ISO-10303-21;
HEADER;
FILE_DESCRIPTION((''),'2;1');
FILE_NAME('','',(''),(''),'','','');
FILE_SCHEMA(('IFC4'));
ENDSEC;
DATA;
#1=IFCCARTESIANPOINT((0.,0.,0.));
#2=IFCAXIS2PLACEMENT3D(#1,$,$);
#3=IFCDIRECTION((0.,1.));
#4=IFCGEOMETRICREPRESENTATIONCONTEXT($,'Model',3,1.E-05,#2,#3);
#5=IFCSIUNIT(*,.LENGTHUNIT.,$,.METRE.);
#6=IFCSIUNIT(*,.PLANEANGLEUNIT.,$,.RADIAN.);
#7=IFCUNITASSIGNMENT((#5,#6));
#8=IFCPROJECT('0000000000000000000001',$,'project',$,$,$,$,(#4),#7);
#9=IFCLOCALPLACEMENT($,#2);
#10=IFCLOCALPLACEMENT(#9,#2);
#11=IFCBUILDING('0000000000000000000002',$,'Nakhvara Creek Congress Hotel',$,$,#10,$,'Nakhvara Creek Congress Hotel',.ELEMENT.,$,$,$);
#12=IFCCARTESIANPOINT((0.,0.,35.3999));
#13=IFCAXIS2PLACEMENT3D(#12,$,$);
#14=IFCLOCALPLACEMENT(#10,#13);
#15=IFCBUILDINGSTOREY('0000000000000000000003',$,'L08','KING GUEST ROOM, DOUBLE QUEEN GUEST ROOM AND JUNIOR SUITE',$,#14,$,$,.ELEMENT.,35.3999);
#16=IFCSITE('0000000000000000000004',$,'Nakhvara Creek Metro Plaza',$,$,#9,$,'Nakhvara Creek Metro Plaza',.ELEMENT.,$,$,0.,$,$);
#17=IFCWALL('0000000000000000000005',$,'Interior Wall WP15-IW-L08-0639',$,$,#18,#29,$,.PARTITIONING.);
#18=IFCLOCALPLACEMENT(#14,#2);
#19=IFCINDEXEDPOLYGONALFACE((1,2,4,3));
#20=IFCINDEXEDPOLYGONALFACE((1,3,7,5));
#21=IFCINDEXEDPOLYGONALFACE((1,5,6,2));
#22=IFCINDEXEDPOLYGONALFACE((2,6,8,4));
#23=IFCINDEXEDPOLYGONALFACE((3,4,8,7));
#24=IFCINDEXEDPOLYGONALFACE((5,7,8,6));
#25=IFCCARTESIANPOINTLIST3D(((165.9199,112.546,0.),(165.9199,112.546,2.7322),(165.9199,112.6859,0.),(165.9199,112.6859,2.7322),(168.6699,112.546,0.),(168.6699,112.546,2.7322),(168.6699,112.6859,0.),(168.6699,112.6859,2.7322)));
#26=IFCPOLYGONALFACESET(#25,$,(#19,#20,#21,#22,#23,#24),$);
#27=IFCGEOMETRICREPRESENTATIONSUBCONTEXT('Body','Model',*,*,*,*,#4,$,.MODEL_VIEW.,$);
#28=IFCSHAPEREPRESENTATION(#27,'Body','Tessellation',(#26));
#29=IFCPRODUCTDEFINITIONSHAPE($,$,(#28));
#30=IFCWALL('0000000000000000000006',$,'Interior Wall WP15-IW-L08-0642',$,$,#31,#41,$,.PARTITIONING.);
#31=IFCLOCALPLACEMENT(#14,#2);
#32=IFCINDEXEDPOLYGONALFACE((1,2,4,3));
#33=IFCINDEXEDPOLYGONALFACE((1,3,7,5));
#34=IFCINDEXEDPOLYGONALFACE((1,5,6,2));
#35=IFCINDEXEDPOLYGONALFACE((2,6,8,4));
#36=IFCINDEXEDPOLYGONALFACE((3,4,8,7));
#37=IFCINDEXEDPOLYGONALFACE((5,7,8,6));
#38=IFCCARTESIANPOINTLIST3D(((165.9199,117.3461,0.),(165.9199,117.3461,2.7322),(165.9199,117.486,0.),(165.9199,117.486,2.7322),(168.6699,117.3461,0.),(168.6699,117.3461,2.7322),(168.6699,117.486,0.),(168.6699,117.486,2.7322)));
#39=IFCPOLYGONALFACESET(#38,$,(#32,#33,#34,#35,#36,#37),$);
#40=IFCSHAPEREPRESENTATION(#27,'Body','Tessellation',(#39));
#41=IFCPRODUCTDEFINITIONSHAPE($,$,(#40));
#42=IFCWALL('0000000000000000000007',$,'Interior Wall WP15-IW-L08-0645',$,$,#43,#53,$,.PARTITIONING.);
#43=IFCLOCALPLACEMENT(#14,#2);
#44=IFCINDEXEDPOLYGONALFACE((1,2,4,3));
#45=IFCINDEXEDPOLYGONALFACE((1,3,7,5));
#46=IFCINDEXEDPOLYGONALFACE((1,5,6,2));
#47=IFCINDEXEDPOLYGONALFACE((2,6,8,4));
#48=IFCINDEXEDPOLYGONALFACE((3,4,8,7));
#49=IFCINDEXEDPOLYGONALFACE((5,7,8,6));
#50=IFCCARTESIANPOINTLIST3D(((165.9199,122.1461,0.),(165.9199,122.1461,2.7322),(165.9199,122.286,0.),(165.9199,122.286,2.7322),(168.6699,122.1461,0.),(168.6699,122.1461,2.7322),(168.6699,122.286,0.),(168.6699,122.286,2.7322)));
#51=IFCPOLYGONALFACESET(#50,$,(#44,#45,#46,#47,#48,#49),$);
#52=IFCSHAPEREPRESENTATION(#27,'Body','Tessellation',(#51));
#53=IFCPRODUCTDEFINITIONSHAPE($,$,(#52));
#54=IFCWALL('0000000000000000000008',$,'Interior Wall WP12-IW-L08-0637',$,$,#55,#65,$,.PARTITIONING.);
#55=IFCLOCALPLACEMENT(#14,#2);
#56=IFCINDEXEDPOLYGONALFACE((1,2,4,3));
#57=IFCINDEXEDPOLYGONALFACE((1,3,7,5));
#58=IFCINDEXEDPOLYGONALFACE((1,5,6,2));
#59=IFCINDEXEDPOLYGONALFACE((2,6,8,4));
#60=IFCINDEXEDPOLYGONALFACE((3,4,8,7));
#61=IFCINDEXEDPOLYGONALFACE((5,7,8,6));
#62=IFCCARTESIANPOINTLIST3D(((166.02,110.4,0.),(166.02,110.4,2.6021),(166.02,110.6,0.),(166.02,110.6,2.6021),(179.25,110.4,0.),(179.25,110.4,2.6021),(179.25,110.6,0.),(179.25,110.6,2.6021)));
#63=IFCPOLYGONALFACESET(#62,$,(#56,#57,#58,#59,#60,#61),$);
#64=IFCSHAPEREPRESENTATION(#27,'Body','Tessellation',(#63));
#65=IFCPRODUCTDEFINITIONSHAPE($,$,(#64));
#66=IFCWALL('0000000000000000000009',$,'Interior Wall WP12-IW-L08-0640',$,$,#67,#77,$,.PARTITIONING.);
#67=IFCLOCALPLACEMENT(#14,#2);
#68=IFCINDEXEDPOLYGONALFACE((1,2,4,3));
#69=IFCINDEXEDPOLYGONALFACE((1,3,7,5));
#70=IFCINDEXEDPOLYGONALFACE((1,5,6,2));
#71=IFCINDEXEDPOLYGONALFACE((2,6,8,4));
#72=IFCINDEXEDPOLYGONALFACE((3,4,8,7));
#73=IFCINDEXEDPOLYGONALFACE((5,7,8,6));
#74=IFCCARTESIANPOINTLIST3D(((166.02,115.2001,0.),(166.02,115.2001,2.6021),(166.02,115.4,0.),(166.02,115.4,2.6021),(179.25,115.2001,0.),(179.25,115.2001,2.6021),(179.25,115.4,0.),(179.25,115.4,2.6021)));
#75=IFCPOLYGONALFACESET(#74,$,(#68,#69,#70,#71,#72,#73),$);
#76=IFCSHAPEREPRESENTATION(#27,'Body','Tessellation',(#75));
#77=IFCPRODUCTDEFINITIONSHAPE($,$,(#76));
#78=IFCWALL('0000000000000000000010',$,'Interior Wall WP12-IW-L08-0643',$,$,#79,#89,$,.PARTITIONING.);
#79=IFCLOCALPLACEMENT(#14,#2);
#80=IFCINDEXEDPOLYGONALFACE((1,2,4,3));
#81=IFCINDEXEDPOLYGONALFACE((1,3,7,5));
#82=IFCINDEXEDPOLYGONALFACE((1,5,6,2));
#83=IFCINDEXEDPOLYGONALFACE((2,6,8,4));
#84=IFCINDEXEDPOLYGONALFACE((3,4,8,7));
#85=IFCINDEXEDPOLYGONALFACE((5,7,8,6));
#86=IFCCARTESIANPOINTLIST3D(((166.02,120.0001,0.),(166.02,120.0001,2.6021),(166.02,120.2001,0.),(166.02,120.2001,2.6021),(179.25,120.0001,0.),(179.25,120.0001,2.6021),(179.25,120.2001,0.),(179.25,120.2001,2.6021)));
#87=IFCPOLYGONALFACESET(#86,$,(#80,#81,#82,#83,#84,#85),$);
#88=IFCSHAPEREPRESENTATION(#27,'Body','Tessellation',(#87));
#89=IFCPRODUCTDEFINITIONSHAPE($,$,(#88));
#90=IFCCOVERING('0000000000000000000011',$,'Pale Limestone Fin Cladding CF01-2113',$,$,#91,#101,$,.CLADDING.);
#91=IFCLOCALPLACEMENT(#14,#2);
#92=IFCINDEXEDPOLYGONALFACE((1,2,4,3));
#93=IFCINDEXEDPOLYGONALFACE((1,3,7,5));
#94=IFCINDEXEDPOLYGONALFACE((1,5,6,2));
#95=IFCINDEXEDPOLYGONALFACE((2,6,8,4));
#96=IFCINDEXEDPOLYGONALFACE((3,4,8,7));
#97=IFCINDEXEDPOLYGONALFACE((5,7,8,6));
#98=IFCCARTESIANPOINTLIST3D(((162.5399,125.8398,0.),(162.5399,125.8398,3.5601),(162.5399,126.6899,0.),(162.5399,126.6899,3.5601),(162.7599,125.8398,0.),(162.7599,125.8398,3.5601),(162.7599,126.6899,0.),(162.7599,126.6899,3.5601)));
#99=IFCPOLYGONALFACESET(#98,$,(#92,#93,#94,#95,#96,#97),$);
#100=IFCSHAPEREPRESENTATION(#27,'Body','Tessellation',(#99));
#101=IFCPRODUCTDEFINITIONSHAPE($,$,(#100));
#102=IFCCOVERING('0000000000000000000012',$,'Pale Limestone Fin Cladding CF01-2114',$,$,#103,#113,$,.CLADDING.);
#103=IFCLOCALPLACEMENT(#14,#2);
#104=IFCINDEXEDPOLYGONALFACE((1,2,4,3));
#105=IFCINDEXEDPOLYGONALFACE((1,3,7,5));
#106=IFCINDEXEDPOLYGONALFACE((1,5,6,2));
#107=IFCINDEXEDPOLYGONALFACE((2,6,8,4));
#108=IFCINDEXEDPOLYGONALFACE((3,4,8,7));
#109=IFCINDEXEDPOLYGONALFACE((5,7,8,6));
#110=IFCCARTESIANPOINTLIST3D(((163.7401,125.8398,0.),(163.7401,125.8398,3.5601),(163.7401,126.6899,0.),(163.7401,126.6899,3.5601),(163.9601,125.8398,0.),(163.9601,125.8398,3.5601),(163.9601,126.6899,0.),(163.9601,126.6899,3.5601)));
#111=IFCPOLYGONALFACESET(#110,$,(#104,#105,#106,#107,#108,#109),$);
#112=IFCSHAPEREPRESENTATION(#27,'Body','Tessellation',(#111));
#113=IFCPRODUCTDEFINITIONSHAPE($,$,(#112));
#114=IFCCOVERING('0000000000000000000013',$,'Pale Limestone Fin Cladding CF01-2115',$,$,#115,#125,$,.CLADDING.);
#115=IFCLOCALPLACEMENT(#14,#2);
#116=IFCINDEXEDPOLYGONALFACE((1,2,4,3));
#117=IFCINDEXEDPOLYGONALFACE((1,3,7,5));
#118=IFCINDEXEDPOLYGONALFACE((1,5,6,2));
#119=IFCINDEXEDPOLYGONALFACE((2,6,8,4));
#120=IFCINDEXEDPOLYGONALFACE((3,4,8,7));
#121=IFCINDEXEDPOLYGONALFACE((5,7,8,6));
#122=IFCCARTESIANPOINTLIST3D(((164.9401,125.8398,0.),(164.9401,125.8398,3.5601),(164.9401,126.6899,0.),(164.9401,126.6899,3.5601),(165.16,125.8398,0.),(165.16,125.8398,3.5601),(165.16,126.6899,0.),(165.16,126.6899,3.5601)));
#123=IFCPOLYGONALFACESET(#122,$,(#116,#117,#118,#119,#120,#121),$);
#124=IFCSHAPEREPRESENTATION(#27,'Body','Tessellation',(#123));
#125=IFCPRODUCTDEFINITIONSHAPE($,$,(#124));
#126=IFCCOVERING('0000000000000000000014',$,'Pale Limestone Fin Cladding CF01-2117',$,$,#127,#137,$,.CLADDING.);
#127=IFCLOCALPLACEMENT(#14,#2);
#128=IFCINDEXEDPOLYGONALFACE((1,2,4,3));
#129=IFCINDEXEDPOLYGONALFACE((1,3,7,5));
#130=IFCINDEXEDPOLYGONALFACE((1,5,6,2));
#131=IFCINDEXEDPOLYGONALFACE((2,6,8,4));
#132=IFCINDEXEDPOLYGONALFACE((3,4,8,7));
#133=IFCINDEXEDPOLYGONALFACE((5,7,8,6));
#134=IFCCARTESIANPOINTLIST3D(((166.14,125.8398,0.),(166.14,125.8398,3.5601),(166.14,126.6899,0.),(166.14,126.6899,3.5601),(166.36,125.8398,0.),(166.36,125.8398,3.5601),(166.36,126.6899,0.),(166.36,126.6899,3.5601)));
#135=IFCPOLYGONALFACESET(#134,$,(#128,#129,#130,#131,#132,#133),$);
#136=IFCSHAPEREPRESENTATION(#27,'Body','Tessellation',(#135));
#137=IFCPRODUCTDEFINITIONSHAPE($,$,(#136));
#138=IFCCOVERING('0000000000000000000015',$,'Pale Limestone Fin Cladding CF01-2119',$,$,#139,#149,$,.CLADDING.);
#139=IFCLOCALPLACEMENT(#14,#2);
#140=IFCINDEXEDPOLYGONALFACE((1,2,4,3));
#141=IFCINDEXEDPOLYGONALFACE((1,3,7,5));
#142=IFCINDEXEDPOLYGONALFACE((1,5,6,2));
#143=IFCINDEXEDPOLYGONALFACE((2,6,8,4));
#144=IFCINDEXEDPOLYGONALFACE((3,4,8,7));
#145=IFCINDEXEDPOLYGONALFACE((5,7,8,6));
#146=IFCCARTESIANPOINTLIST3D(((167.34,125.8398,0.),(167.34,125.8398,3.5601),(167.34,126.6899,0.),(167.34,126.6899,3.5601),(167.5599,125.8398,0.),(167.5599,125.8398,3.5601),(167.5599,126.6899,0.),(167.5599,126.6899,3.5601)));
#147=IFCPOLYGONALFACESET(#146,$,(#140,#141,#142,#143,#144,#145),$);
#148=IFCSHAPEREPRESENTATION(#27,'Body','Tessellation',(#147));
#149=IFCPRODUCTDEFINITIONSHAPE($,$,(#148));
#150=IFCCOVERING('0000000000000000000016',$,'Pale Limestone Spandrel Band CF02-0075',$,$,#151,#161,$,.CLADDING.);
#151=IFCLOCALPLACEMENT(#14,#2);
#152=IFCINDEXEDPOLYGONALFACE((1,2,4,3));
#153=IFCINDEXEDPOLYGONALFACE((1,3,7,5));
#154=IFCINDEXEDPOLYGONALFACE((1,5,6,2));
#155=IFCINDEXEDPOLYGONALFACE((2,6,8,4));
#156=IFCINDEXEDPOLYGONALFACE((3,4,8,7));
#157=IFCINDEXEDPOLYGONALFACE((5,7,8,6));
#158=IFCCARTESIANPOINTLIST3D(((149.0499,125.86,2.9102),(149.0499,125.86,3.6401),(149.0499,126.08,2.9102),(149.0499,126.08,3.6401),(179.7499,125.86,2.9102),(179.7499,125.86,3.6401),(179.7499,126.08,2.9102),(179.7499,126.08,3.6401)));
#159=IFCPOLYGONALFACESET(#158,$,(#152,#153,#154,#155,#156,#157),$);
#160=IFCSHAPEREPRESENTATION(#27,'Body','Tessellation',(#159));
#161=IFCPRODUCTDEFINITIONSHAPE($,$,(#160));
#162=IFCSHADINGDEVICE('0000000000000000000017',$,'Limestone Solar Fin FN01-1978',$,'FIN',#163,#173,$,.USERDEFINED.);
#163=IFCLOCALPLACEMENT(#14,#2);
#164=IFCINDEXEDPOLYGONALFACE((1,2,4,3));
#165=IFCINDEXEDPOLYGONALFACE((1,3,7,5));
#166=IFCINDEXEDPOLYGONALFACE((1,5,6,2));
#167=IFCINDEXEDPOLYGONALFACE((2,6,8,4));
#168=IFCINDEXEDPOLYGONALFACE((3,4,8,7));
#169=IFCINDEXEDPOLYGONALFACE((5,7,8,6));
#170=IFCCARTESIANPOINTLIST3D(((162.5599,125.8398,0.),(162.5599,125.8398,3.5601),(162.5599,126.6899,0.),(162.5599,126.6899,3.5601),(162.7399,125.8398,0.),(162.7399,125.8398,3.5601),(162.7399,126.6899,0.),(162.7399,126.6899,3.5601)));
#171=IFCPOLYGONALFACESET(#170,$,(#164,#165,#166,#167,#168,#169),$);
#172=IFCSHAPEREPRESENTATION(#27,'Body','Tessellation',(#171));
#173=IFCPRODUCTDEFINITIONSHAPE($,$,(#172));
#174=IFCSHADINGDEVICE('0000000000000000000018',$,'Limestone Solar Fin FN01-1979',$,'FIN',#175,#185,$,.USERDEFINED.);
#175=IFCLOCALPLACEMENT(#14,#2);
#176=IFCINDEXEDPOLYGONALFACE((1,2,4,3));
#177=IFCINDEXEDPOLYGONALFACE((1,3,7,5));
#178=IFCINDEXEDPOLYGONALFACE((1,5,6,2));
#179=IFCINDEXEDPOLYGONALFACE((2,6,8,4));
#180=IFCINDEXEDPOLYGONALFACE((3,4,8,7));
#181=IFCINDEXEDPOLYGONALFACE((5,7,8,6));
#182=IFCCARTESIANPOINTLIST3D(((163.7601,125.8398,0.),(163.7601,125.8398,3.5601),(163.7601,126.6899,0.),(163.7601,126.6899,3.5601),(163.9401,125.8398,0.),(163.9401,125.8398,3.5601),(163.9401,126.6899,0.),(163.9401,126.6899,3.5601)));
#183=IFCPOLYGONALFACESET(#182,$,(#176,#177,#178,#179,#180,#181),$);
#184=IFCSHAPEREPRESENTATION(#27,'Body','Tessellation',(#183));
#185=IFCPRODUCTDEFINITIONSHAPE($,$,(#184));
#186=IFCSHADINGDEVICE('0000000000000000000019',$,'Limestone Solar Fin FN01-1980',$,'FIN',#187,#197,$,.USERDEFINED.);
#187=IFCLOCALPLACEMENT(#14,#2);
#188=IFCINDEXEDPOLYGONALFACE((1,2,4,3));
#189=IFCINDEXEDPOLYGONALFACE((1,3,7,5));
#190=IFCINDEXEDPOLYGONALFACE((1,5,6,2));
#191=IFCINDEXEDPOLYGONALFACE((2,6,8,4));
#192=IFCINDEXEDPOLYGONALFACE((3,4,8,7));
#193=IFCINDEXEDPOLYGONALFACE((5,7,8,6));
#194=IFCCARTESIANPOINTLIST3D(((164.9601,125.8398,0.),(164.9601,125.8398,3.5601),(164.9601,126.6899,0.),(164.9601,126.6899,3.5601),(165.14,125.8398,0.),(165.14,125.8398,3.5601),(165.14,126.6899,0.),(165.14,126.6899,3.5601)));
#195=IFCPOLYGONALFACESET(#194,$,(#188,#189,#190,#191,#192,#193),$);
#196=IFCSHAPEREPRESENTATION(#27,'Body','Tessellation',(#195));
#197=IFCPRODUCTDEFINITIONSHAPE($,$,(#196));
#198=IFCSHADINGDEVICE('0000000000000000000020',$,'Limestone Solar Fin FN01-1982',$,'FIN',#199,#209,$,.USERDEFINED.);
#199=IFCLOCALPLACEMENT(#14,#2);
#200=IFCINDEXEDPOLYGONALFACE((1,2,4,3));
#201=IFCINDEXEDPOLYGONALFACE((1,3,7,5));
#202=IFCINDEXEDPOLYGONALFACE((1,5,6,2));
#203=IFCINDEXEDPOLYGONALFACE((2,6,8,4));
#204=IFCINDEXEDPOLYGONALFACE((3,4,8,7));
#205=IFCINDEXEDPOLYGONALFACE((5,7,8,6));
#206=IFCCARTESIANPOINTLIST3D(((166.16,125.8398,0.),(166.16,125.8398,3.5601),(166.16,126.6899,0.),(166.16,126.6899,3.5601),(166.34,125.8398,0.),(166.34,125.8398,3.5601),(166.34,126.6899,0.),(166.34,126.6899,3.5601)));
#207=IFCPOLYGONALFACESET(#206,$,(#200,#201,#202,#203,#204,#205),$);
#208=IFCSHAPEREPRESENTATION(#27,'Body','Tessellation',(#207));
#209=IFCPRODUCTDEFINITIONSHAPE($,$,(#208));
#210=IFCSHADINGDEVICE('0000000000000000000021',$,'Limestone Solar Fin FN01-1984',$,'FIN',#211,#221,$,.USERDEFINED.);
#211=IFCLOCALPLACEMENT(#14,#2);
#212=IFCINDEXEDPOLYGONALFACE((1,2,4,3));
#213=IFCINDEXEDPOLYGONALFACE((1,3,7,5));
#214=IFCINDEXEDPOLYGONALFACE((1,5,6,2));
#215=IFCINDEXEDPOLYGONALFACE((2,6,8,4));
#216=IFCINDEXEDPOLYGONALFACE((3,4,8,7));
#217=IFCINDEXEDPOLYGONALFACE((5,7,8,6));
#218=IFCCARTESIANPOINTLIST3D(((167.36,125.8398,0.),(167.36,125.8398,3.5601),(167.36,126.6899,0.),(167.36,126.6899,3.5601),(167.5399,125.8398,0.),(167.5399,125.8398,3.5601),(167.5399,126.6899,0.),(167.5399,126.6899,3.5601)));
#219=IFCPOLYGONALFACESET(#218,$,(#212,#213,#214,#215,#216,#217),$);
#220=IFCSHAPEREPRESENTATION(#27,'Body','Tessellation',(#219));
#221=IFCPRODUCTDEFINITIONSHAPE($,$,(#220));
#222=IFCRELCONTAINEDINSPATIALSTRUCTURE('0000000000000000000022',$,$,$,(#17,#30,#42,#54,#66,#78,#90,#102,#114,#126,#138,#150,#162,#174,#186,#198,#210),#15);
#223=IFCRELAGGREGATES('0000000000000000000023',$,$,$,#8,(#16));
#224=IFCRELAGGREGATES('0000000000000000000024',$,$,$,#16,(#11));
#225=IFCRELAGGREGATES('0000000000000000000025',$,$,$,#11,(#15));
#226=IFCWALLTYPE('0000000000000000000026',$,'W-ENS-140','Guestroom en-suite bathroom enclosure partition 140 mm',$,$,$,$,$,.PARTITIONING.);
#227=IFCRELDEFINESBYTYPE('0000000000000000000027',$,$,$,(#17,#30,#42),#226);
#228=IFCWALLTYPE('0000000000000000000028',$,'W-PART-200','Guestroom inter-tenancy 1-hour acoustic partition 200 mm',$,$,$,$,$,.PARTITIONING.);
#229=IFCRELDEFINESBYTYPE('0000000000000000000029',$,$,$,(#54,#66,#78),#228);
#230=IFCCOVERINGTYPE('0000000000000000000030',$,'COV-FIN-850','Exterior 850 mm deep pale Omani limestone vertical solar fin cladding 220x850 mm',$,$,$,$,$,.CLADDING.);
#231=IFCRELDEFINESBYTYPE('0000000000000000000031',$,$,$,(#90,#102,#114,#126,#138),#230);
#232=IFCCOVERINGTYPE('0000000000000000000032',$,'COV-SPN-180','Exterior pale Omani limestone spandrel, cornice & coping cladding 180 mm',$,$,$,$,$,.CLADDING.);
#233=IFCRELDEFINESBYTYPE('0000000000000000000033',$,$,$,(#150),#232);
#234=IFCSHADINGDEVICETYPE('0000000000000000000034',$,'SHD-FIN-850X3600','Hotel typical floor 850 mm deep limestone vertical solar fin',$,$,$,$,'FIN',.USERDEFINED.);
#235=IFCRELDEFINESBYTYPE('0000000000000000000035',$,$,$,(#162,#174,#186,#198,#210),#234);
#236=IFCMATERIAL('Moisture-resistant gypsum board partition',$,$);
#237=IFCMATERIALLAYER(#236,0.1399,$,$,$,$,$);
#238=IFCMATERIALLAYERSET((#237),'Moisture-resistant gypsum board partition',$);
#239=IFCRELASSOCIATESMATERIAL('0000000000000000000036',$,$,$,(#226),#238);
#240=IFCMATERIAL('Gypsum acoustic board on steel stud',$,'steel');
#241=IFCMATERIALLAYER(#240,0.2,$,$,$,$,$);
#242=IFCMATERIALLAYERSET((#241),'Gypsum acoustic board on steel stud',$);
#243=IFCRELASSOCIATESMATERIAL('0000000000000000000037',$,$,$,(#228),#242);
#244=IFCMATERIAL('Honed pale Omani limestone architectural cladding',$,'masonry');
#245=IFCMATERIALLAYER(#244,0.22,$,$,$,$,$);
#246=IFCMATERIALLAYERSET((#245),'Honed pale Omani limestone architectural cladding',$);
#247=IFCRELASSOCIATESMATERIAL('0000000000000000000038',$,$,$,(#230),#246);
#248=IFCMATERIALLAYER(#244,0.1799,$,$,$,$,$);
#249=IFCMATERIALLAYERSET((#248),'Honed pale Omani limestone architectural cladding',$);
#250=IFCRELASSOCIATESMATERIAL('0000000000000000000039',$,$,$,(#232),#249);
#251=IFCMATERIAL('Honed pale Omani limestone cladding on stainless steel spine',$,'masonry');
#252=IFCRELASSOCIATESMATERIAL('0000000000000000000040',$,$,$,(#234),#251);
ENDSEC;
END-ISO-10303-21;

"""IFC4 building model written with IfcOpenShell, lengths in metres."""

from ifc_helpers import new_model, si_unit, direction, frame, frame_2d, origin, origin_2d, place, context, subcontext, project, spatial, rectangle, extrude, material, layer, layer_set, type_object, element, save


model = new_model("IFC4")

# Units and contexts
model_context = context("Model", 3, precision=1e-05, world=origin(), true_north=direction((0.0, 1.0)))
body_context = subcontext(model_context, "Body", "Model", "MODEL_VIEW")
ifc_project = project(units=[si_unit("LENGTHUNIT", "METRE"), si_unit("PLANEANGLEUNIT", "RADIAN")], contexts=[model_context])

# Site, building, storey
site_placement = place(None, origin())
site = spatial("IfcSite", under=ifc_project, at=site_placement, Name="Nakhvara Creek Metro Plaza", LongName="Nakhvara Creek Metro Plaza", CompositionType="ELEMENT", RefElevation=0.0)
building_placement = place(site_placement, origin())
building = spatial("IfcBuilding", under=site, at=building_placement, Name="Nakhvara Creek Congress Hotel", LongName="Nakhvara Creek Congress Hotel", CompositionType="ELEMENT")
storey_placement = place(building_placement, frame((0.0, 0.0, 35.3999)))
storey = spatial("IfcBuildingStorey", under=building, at=storey_placement, Name="L08", Description="KING GUEST ROOM, DOUBLE QUEEN GUEST ROOM AND JUNIOR SUITE", CompositionType="ELEMENT", Elevation=35.3999)

# Walls
ifc_material_1 = material(Name="Gypsum acoustic board on steel stud", Category="steel")
ifc_material_2 = material(Name="Moisture-resistant gypsum board partition")
ifc_layer_1 = layer(ifc_material_2, 0.1399)
ifc_layer_set_1 = layer_set([ifc_layer_1], Name="Moisture-resistant gypsum board partition")
wall_type_1 = type_object("IfcWallType", Name="W-ENS-140", Description="Guestroom en-suite bathroom enclosure partition 140 mm", PredefinedType="PARTITIONING", material=ifc_layer_set_1)
for number, where, z_axis, x_axis, name in (
    (1, (165.9199, 112.616, 0.0), (0.0, 0.0, 1.0), (1.0, 0.0, 0.0), "Interior Wall WP15-IW-L08-0639"),
    (2, (165.9199, 117.416, 0.0), (0.0, 0.0, 1.0), (1.0, 0.0, 0.0), "Interior Wall WP15-IW-L08-0642"),
    (3, (165.9199, 122.2161, 0.0), (0.0, 0.0, 1.0), (1.0, 0.0, 0.0), "Interior Wall WP15-IW-L08-0645"),
):
    element("IfcWall", number, at=place(storey_placement, frame(where, z_axis=z_axis, x_axis=x_axis)), inside=storey, type_object=wall_type_1, Name=name, PredefinedType="PARTITIONING", context=body_context, shape_type="SweptSolid", body=[
        extrude(rectangle(XDim=2.75, YDim=0.1399, at=frame_2d((1.375, 0.0))), origin(), (0.0, 0.0, 1.0), 2.7322),
    ])
ifc_layer_2 = layer(ifc_material_1, 0.2)
ifc_layer_set_2 = layer_set([ifc_layer_2], Name="Gypsum acoustic board on steel stud")
wall_type_2 = type_object("IfcWallType", Name="W-PART-200", Description="Guestroom inter-tenancy 1-hour acoustic partition 200 mm", PredefinedType="PARTITIONING", material=ifc_layer_set_2)
for number, where, z_axis, x_axis, name in (
    (4, (166.02, 110.5, 0.0), (0.0, 0.0, 1.0), (1.0, 0.0, 0.0), "Interior Wall WP12-IW-L08-0637"),
    (5, (166.02, 115.3, 0.0), (0.0, 0.0, 1.0), (1.0, 0.0, 0.0), "Interior Wall WP12-IW-L08-0640"),
    (6, (166.02, 120.1001, 0.0), (0.0, 0.0, 1.0), (1.0, 0.0, 0.0), "Interior Wall WP12-IW-L08-0643"),
):
    element("IfcWall", number, at=place(storey_placement, frame(where, z_axis=z_axis, x_axis=x_axis)), inside=storey, type_object=wall_type_2, Name=name, PredefinedType="PARTITIONING", context=body_context, shape_type="SweptSolid", body=[
        extrude(rectangle(XDim=13.23, YDim=0.2, at=frame_2d((6.615, 0.0))), origin(), (0.0, 0.0, 1.0), 2.6021),
    ])

# Coverings
ifc_material_3 = material(Name="Honed pale Omani limestone architectural cladding", Category="masonry")
ifc_layer_3 = layer(ifc_material_3, 0.22)
ifc_layer_set_3 = layer_set([ifc_layer_3], Name="Honed pale Omani limestone architectural cladding")
covering_type_1 = type_object("IfcCoveringType", Name="COV-FIN-850", Description="Exterior 850 mm deep pale Omani limestone vertical solar fin cladding 220x850 mm", PredefinedType="CLADDING", material=ifc_layer_set_3)
for number, where, z_axis, x_axis, name in (
    (7, (162.6499, 126.2649, 0.0), (0.0, 0.0, 1.0), (1.0, 0.0, 0.0), "Pale Limestone Fin Cladding CF01-2113"),
    (8, (163.8501, 126.2649, 0.0), (0.0, 0.0, 1.0), (1.0, 0.0, 0.0), "Pale Limestone Fin Cladding CF01-2114"),
    (9, (165.05, 126.2649, 0.0), (0.0, 0.0, 1.0), (1.0, 0.0, 0.0), "Pale Limestone Fin Cladding CF01-2115"),
    (10, (166.25, 126.2649, 0.0), (0.0, 0.0, 1.0), (1.0, 0.0, 0.0), "Pale Limestone Fin Cladding CF01-2117"),
    (11, (167.45, 126.2649, 0.0), (0.0, 0.0, 1.0), (1.0, 0.0, 0.0), "Pale Limestone Fin Cladding CF01-2119"),
):
    element("IfcCovering", number, at=place(storey_placement, frame(where, z_axis=z_axis, x_axis=x_axis)), inside=storey, type_object=covering_type_1, Name=name, PredefinedType="CLADDING", context=body_context, shape_type="SweptSolid", body=[
        extrude(rectangle(XDim=0.22, YDim=0.8501, at=origin_2d()), origin(), (0.0, 0.0, 1.0), 3.5601),
    ])
ifc_layer_4 = layer(ifc_material_3, 0.1799)
ifc_layer_set_4 = layer_set([ifc_layer_4], Name="Honed pale Omani limestone architectural cladding")
covering_type_2 = type_object("IfcCoveringType", Name="COV-SPN-180", Description="Exterior pale Omani limestone spandrel, cornice & coping cladding 180 mm", PredefinedType="CLADDING", material=ifc_layer_set_4)
covering_placement = place(storey_placement, frame((164.3999, 125.97, 2.9102), z_axis=(0.0, 0.0, 1.0), x_axis=(1.0, 0.0, 0.0)))
element("IfcCovering", 12, at=covering_placement, inside=storey, type_object=covering_type_2, Name="Pale Limestone Spandrel Band CF02-0075", PredefinedType="CLADDING", context=body_context, shape_type="SweptSolid", body=[
    extrude(rectangle(XDim=30.7, YDim=0.22, at=origin_2d()), origin(), (0.0, 0.0, 1.0), 0.73),
])

# Shading devices
ifc_material_4 = material(Name="Honed pale Omani limestone cladding on stainless steel spine", Category="masonry")
shading_device_type = type_object("IfcShadingDeviceType", Name="SHD-FIN-850X3600", Description="Hotel typical floor 850 mm deep limestone vertical solar fin", ElementType="FIN", PredefinedType="USERDEFINED", material=ifc_material_4)
for number, where, z_axis, x_axis, name in (
    (13, (162.6499, 126.2649, 0.0), (0.0, 0.0, 1.0), (1.0, 0.0, 0.0), "Limestone Solar Fin FN01-1978"),
    (14, (163.8501, 126.2649, 0.0), (0.0, 0.0, 1.0), (1.0, 0.0, 0.0), "Limestone Solar Fin FN01-1979"),
    (15, (165.05, 126.2649, 0.0), (0.0, 0.0, 1.0), (1.0, 0.0, 0.0), "Limestone Solar Fin FN01-1980"),
    (16, (166.25, 126.2649, 0.0), (0.0, 0.0, 1.0), (1.0, 0.0, 0.0), "Limestone Solar Fin FN01-1982"),
    (17, (167.45, 126.2649, 0.0), (0.0, 0.0, 1.0), (1.0, 0.0, 0.0), "Limestone Solar Fin FN01-1984"),
):
    element("IfcShadingDevice", number, at=place(storey_placement, frame(where, z_axis=z_axis, x_axis=x_axis)), inside=storey, type_object=shading_device_type, Name=name, ObjectType="FIN", PredefinedType="USERDEFINED", context=body_context, shape_type="SweptSolid", body=[
        extrude(rectangle(XDim=0.1799, YDim=0.8501, at=origin_2d()), origin(), (0.0, 0.0, 1.0), 3.5601),
    ])

save(model, "model.ifc")
